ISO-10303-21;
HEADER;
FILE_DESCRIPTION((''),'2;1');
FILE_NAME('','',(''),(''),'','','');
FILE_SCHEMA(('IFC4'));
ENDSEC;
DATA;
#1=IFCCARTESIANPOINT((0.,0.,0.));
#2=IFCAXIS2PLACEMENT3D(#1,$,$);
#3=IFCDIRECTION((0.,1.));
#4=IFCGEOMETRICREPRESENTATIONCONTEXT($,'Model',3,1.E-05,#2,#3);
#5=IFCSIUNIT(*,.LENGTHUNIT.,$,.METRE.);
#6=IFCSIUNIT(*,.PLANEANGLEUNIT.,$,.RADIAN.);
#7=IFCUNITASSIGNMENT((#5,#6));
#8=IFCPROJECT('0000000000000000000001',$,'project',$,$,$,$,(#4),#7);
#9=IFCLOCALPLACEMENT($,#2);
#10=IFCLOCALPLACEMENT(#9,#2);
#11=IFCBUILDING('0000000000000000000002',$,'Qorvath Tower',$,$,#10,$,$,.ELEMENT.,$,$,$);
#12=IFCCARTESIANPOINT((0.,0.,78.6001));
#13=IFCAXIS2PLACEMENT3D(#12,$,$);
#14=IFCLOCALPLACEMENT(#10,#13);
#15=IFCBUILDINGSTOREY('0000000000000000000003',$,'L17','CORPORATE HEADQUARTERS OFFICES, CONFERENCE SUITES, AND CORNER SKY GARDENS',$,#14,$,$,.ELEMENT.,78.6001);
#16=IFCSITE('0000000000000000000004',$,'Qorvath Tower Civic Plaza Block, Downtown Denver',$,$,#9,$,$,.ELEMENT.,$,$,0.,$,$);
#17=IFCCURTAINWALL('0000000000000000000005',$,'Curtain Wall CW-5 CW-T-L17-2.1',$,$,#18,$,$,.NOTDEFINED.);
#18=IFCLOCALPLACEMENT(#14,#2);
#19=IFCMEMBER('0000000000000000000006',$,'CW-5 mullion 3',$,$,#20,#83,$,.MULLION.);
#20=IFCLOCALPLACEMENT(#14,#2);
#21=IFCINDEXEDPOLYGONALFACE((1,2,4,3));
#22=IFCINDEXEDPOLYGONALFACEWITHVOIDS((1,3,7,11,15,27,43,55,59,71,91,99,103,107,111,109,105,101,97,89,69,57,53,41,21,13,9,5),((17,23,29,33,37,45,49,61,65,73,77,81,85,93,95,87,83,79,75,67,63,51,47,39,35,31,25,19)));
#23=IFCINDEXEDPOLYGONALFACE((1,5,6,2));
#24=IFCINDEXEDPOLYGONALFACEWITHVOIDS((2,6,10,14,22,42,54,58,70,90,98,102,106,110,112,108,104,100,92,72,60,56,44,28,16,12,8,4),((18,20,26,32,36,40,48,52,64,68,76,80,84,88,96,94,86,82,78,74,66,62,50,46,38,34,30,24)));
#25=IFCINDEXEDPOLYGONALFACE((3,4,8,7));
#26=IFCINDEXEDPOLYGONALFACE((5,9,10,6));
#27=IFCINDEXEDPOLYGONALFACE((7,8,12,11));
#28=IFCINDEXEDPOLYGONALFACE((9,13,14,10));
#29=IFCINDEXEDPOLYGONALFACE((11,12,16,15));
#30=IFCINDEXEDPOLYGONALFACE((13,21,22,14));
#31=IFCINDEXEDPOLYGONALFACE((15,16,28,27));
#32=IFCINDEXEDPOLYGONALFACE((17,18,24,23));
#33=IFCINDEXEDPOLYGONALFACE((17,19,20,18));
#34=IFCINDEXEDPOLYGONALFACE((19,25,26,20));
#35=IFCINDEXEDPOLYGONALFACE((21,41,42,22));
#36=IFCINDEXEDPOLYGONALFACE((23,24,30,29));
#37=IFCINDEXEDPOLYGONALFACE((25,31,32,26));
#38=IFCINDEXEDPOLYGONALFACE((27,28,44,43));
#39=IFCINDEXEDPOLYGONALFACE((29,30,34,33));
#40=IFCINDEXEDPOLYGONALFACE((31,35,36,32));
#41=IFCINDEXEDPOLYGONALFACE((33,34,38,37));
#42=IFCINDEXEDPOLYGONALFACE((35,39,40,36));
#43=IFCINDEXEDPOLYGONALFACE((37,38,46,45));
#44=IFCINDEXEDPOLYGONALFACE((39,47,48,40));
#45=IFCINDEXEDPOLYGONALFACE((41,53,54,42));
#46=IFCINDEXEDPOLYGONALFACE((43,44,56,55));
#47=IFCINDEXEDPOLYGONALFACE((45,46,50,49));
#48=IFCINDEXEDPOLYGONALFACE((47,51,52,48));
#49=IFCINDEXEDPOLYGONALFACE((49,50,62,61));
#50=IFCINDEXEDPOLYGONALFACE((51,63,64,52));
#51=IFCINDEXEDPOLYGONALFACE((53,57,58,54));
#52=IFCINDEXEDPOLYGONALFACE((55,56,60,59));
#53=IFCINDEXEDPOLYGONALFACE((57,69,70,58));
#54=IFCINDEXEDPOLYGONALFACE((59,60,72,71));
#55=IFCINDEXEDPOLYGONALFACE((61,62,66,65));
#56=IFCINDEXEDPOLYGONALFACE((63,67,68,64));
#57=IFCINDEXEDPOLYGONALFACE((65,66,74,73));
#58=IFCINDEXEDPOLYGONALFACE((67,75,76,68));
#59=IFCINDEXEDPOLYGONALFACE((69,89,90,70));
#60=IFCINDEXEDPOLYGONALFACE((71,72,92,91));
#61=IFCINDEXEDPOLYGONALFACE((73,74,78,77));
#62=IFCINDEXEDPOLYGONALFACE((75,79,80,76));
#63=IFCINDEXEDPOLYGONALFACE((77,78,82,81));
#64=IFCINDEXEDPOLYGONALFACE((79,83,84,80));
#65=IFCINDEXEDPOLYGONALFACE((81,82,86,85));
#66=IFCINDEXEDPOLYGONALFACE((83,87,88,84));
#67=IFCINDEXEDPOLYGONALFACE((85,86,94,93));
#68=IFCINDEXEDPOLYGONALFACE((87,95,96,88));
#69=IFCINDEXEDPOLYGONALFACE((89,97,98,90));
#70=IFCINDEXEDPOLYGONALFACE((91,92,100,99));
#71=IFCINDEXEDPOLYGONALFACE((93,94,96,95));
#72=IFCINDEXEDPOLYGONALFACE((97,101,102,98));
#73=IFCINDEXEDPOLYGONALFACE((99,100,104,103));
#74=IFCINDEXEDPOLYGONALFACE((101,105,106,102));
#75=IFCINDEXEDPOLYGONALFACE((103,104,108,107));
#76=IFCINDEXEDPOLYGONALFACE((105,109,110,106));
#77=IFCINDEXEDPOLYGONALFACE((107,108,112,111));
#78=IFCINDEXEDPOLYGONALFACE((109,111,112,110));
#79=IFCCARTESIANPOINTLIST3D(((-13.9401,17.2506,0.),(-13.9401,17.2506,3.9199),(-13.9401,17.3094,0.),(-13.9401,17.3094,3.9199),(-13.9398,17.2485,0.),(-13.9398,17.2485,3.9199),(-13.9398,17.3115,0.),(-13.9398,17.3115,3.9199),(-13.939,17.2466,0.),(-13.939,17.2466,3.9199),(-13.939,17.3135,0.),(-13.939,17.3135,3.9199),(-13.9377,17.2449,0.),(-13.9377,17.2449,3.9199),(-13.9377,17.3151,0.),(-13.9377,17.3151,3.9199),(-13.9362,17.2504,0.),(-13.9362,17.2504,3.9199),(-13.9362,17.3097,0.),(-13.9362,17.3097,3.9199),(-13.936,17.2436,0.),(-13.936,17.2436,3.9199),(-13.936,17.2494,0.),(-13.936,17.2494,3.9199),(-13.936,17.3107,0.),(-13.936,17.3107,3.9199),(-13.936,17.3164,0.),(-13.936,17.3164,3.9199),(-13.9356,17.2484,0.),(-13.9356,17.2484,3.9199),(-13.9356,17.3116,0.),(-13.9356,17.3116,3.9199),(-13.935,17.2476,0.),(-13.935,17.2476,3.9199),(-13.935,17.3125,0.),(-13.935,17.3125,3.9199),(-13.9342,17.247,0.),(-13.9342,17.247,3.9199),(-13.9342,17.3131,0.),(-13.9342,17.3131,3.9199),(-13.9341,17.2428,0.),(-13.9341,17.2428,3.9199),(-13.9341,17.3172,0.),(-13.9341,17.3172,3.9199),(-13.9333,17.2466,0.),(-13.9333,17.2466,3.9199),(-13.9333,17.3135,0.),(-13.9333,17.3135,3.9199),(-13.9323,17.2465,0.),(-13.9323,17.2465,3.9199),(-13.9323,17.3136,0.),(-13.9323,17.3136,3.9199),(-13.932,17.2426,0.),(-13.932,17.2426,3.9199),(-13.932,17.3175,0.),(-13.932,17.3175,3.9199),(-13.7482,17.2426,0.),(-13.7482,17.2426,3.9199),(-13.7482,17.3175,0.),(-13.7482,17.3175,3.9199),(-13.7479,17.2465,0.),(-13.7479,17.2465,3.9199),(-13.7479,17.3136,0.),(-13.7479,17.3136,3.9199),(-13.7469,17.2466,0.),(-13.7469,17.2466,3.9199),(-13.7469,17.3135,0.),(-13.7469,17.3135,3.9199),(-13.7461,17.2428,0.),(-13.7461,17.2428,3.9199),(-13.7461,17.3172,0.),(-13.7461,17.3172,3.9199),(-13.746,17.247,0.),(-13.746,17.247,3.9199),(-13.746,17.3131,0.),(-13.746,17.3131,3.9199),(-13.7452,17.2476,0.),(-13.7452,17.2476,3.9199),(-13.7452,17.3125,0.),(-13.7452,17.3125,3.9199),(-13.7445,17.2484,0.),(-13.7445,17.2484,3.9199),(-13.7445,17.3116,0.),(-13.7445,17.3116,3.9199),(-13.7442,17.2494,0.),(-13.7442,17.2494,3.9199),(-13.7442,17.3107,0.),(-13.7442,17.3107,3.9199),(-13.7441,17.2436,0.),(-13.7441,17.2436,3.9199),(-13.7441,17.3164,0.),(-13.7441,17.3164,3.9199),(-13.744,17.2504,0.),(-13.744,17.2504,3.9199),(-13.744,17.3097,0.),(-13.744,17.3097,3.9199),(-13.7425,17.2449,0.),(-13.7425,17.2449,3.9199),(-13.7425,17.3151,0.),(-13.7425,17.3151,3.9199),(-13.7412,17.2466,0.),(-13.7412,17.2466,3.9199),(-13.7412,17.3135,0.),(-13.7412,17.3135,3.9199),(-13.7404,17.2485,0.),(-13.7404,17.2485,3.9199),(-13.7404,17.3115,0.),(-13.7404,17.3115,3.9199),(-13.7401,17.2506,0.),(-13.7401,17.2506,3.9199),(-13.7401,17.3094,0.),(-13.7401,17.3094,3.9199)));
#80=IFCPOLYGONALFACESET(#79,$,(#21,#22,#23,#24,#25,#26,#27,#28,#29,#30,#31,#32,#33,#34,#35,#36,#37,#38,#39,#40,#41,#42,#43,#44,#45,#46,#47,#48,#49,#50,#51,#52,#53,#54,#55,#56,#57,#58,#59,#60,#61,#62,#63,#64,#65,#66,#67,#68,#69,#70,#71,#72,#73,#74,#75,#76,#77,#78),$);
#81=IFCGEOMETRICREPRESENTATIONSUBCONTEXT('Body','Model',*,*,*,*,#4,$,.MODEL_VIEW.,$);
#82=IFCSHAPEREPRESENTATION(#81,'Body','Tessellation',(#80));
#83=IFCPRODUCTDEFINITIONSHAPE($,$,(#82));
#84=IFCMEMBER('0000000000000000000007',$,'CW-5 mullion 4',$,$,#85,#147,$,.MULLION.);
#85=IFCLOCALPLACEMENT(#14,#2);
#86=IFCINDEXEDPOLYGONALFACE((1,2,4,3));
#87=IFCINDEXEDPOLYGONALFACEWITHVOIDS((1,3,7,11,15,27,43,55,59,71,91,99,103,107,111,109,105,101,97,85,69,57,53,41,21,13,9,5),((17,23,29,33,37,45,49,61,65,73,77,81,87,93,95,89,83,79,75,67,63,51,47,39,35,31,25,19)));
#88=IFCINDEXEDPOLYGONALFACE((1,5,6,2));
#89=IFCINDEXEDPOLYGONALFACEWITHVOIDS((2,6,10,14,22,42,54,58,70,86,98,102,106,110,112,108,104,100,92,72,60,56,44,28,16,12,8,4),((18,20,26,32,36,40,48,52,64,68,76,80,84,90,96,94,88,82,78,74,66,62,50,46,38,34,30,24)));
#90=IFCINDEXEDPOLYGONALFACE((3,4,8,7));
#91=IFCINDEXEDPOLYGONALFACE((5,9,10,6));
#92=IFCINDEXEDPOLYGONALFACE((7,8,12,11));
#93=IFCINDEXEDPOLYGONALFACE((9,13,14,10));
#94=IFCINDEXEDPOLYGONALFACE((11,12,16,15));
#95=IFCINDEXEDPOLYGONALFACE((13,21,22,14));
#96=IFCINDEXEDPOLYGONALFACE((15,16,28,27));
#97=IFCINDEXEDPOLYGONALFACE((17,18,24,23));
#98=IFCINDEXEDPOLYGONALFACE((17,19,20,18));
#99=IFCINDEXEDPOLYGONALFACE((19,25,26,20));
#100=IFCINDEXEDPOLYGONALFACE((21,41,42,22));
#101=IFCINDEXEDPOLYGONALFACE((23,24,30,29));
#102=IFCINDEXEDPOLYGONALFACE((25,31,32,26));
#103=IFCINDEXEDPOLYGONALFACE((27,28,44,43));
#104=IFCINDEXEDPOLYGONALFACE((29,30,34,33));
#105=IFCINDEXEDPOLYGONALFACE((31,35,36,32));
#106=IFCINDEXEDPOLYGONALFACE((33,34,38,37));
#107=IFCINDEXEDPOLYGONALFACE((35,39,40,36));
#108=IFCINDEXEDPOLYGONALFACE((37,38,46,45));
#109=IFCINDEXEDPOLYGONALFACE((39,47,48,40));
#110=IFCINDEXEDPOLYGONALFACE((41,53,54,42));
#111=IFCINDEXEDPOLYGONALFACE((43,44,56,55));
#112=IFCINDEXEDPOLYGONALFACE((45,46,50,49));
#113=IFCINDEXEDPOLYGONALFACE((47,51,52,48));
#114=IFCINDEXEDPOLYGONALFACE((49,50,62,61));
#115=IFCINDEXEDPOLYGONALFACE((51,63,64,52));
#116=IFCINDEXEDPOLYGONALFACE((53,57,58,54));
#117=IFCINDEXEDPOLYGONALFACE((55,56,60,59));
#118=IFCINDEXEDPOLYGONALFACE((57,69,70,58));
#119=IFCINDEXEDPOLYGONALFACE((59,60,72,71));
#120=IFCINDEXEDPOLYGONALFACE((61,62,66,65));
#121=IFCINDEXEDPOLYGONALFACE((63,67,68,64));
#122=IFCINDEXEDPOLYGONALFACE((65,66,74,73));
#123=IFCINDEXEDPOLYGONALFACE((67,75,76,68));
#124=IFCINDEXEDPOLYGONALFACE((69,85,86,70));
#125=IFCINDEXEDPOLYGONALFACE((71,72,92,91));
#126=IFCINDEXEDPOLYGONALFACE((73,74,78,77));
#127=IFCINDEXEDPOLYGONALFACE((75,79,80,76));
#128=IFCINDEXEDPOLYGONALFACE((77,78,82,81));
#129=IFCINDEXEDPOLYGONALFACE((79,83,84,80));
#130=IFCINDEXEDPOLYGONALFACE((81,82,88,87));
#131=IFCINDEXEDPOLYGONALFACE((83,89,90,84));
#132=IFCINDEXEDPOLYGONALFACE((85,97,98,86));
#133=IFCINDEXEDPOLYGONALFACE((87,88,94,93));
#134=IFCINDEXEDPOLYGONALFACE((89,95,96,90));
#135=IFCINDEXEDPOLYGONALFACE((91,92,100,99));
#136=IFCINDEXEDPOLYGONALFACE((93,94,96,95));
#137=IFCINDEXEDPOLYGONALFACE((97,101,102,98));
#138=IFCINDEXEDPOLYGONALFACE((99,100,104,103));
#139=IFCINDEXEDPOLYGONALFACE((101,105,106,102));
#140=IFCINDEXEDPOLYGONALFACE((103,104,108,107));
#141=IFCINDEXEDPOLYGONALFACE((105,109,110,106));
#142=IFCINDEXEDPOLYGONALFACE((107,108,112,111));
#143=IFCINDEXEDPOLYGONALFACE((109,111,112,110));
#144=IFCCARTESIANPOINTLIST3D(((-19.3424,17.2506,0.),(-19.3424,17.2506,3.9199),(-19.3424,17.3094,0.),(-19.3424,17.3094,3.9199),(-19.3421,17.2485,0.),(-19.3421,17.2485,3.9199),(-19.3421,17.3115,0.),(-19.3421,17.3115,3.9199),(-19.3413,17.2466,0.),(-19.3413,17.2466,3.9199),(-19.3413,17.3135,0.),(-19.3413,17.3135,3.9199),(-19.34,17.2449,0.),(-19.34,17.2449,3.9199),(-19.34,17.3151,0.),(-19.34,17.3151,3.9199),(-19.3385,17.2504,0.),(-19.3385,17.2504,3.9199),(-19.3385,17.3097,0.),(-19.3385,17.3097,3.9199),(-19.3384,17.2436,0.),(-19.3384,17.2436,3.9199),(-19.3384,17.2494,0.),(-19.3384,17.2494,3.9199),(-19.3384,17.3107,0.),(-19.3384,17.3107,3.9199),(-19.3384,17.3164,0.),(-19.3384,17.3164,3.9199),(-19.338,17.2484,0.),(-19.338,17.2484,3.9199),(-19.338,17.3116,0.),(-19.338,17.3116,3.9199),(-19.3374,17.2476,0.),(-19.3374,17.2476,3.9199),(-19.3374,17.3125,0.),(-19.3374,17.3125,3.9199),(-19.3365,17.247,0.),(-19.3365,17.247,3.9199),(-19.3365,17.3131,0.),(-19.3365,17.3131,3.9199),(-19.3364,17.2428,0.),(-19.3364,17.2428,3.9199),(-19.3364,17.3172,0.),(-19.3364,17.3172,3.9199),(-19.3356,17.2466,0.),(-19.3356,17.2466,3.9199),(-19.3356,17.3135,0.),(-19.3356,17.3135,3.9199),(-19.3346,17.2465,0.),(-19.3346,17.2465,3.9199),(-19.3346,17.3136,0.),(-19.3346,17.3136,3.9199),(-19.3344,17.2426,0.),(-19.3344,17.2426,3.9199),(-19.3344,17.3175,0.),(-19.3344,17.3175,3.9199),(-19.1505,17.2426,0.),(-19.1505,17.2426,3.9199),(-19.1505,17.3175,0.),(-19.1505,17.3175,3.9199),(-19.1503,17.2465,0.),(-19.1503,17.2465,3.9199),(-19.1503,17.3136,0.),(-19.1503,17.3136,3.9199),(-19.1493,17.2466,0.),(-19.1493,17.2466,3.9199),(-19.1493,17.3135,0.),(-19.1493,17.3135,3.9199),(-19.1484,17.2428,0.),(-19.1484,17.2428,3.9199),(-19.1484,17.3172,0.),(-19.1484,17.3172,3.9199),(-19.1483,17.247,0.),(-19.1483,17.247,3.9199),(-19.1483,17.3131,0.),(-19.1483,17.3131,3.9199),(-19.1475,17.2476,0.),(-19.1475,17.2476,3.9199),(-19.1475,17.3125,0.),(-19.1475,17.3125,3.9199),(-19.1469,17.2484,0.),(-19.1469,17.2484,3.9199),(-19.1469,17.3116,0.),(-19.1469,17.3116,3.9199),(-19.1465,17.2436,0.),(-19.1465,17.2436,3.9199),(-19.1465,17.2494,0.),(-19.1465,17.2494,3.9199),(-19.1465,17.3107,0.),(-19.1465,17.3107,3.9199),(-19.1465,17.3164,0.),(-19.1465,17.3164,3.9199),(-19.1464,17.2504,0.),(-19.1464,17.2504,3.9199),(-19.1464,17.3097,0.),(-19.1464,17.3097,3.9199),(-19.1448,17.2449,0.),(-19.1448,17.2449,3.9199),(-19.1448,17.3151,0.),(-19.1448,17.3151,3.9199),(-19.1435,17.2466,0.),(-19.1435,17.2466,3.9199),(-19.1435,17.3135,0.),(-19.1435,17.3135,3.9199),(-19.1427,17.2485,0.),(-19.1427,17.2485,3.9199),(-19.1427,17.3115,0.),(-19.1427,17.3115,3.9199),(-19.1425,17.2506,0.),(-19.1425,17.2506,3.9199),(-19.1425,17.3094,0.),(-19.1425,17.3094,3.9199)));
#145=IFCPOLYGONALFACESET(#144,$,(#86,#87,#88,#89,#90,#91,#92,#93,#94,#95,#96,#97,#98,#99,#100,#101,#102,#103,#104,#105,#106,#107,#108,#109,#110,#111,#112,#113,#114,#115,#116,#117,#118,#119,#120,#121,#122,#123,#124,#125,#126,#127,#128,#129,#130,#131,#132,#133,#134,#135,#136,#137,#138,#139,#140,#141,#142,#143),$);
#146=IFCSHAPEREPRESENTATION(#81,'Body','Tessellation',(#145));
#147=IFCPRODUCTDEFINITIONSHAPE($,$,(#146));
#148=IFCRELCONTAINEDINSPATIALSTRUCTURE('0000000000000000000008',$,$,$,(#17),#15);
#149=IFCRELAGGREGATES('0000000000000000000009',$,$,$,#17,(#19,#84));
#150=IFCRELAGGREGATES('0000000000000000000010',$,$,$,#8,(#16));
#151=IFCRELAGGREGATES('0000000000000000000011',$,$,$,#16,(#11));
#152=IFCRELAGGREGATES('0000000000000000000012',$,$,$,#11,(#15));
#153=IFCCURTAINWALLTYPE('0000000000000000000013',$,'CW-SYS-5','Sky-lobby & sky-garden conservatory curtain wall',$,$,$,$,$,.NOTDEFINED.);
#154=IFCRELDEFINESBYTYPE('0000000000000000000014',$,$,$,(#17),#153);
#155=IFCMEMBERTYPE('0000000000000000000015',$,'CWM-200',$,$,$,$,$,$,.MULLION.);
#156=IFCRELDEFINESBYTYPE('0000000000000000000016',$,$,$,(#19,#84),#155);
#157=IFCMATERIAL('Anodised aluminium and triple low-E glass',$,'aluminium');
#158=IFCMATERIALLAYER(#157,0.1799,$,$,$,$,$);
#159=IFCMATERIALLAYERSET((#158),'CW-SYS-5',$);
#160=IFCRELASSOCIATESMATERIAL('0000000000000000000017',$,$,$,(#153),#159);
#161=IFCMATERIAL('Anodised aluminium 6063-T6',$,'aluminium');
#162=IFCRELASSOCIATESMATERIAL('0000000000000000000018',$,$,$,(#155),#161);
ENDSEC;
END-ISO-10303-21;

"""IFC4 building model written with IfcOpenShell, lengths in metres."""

from ifc_helpers import new_model, si_unit, direction, frame, origin, origin_2d, place, context, subcontext, project, spatial, hollow_rectangle, extrude, material, layer, layer_set, material_profile, profile_set, type_object, element, aggregate, save


model = new_model("IFC4")

# Units and contexts
model_context = context("Model", 3, precision=1e-05, world=origin(), true_north=direction((0.0, 1.0)))
body_context = subcontext(model_context, "Body", "Model", "MODEL_VIEW")
ifc_project = project(units=[si_unit("LENGTHUNIT", "METRE"), si_unit("PLANEANGLEUNIT", "RADIAN")], contexts=[model_context])

# Site, building, storey
site_placement = place(None, origin())
site = spatial("IfcSite", under=ifc_project, at=site_placement, Name="Qorvath Tower Civic Plaza Block, Downtown Denver", CompositionType="ELEMENT", RefElevation=0.0)
building_placement = place(site_placement, origin())
building = spatial("IfcBuilding", under=site, at=building_placement, Name="Qorvath Tower", CompositionType="ELEMENT")
storey_placement = place(building_placement, frame((0.0, 0.0, 78.6001)))
storey = spatial("IfcBuildingStorey", under=building, at=storey_placement, Name="L17", Description="CORPORATE HEADQUARTERS OFFICES, CONFERENCE SUITES, AND CORNER SKY GARDENS", CompositionType="ELEMENT", Elevation=78.6001)

# Curtain wall, members
ifc_material_1 = material(Name="Anodised aluminium and triple low-E glass", Category="aluminium")
ifc_layer_1 = layer(ifc_material_1, 0.1799)
ifc_layer_set_1 = layer_set([ifc_layer_1], Name="CW-SYS-5")
curtain_wall_type = type_object("IfcCurtainWallType", Name="CW-SYS-5", Description="Sky-lobby & sky-garden conservatory curtain wall", PredefinedType="NOTDEFINED", material=ifc_layer_set_1)
curtain_wall_1_placement = place(storey_placement, origin())
curtain_wall_1 = element("IfcCurtainWall", 1, at=curtain_wall_1_placement, inside=storey, type_object=curtain_wall_type, Name="Curtain Wall CW-5 CW-T-L17-2.1", PredefinedType="NOTDEFINED")
ifc_material_2 = material(Name="Anodised aluminium 6063-T6", Category="aluminium")
ifc_material_profile_1 = material_profile(ifc_material_2, hollow_rectangle(XDim=0.075, YDim=0.2, WallThickness=0.0039, InnerFilletRadius=0.0039, OuterFilletRadius=0.0081, at=origin_2d()), Name="CWM 200x75")
ifc_profile_set_1 = profile_set([ifc_material_profile_1], Name="Anodised aluminium 6063-T6")
member_type_1 = type_object("IfcMemberType", Name="CWM-200", PredefinedType="MULLION", material=ifc_profile_set_1)
member_1_placement = place(storey_placement, frame((-13.8401, 17.28, 0.0), z_axis=(0.0, 0.0, 1.0), x_axis=(0.0, -1.0, 0.0)))
member_1 = element("IfcMember", 2, at=member_1_placement, type_object=member_type_1, Name="CW-5 mullion 3", PredefinedType="MULLION", context=body_context, shape_type="SweptSolid", body=[
    extrude(hollow_rectangle(XDim=0.075, YDim=0.2, WallThickness=0.0039, InnerFilletRadius=0.0039, OuterFilletRadius=0.0081, at=origin_2d()), origin(), (0.0, 0.0, 1.0), 3.9199),
])
member_2_placement = place(storey_placement, frame((-19.2424, 17.28, 0.0), z_axis=(0.0, 0.0, 1.0), x_axis=(0.0, -1.0, 0.0)))
member_2 = element("IfcMember", 3, at=member_2_placement, type_object=member_type_1, Name="CW-5 mullion 4", PredefinedType="MULLION", context=body_context, shape_type="SweptSolid", body=[
    extrude(hollow_rectangle(XDim=0.075, YDim=0.2, WallThickness=0.0039, InnerFilletRadius=0.0039, OuterFilletRadius=0.0081, at=origin_2d()), origin(), (0.0, 0.0, 1.0), 3.9199),
])

aggregate(curtain_wall_1, [member_1, member_2])

save(model, "model.ifc")
